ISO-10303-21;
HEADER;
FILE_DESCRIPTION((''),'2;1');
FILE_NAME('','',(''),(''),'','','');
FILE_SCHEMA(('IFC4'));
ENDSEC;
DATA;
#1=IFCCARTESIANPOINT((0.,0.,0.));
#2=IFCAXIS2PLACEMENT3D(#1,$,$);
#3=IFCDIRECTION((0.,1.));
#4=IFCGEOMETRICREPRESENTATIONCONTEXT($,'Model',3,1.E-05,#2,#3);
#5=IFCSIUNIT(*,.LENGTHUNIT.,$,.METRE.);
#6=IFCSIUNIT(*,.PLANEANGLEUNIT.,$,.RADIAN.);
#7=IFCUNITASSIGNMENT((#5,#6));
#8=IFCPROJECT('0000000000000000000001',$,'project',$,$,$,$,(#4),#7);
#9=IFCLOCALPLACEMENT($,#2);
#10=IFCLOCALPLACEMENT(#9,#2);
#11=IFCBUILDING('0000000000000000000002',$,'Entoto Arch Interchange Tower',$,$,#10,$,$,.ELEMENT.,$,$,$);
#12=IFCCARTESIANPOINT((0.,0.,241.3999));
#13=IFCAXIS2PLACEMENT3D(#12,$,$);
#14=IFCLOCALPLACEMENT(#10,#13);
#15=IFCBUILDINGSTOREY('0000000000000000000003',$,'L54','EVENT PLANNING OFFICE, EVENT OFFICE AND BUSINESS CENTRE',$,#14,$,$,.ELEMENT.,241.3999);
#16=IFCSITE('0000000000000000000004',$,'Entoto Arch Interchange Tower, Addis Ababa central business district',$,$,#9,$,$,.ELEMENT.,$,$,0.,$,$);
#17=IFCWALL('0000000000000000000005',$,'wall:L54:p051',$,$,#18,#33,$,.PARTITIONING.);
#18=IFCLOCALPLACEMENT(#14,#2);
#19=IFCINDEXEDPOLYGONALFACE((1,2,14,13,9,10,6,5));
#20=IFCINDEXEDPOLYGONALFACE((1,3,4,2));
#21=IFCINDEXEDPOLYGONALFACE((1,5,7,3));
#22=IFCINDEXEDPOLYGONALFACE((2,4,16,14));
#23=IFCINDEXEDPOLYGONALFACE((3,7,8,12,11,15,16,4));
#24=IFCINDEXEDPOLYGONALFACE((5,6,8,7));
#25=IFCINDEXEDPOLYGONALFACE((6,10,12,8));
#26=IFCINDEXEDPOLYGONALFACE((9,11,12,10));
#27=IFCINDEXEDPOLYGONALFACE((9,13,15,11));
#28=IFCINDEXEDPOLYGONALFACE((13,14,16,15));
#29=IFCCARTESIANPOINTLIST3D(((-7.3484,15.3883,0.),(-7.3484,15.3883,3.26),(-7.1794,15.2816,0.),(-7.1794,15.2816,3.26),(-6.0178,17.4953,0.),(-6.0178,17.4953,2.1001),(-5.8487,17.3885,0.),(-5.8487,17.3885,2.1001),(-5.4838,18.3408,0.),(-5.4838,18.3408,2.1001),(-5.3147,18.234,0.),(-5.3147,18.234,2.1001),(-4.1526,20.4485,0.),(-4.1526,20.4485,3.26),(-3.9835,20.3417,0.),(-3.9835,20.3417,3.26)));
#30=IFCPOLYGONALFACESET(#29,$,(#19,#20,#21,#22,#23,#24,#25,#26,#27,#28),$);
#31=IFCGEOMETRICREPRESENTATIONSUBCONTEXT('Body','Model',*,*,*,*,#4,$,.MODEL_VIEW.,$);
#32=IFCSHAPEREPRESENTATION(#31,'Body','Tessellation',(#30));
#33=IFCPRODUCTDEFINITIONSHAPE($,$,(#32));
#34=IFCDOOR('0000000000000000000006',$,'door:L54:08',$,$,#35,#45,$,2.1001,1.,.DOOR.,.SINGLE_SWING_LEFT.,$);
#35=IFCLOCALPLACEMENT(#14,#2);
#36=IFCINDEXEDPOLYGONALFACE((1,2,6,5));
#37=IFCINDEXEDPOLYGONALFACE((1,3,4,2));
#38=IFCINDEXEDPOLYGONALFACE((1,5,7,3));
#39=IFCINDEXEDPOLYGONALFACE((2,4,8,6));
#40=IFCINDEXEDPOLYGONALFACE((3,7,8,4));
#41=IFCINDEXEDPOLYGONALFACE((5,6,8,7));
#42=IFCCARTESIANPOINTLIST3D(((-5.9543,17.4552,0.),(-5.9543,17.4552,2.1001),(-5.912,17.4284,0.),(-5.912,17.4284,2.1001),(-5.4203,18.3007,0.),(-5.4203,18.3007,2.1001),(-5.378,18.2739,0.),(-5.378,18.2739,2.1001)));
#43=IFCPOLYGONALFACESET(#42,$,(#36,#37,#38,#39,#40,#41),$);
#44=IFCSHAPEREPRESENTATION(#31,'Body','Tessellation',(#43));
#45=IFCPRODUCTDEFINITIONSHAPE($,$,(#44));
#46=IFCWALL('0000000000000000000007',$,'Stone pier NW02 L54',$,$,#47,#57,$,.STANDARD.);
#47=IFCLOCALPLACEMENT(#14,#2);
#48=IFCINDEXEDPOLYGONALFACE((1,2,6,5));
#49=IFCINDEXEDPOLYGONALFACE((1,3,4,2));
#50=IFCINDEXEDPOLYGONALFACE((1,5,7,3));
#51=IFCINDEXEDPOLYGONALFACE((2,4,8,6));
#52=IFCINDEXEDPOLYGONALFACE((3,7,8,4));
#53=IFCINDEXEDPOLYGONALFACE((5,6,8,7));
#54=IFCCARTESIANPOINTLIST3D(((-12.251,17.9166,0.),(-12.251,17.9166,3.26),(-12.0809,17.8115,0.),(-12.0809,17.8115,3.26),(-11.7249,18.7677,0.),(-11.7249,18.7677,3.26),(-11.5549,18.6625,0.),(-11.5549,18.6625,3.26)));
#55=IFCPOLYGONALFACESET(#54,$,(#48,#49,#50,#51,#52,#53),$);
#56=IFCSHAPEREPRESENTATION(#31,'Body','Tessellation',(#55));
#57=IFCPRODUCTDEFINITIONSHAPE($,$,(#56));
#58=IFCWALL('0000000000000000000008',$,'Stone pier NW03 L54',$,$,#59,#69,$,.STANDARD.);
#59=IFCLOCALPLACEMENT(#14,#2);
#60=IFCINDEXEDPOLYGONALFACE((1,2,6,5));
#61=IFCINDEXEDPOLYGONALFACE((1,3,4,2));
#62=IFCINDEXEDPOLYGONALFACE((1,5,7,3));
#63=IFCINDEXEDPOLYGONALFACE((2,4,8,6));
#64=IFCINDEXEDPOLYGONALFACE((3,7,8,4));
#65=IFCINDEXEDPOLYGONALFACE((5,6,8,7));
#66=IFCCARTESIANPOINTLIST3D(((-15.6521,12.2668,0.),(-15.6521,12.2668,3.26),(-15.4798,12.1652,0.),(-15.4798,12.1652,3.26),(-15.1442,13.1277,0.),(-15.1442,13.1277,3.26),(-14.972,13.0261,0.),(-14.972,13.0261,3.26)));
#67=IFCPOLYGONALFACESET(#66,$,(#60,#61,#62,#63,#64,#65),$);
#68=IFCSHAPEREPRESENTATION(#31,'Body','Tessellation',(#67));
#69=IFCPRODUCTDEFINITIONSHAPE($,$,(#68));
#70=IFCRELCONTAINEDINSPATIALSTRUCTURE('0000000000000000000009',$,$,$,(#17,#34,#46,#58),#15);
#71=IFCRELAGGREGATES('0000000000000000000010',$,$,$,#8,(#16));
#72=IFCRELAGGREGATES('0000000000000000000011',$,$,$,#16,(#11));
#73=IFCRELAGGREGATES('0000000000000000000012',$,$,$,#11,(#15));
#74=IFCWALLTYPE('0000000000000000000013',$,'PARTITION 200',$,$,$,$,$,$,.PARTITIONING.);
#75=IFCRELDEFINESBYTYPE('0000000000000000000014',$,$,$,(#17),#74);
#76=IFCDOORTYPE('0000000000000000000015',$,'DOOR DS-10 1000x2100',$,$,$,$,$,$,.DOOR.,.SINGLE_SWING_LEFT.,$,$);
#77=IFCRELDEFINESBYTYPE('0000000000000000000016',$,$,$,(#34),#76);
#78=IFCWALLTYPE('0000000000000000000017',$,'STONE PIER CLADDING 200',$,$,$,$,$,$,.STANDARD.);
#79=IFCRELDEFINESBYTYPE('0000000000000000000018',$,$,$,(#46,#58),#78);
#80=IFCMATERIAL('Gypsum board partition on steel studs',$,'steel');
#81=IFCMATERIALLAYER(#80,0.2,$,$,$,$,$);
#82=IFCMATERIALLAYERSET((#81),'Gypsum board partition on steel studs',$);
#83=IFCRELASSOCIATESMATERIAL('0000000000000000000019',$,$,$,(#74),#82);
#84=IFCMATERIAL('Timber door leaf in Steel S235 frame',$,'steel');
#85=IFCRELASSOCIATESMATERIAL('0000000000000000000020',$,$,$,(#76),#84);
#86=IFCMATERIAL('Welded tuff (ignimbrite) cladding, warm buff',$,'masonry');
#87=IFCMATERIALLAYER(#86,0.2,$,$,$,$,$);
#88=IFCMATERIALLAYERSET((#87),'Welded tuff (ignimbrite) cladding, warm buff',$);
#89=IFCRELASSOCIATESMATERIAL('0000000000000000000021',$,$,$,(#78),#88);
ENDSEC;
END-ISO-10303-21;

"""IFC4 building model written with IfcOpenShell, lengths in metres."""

from ifc_helpers import new_model, si_unit, direction, frame, frame_2d, origin, place, context, subcontext, project, spatial, rectangle, extrude, material, layer, layer_set, type_object, element, fill, save


model = new_model("IFC4")

# Units and contexts
model_context = context("Model", 3, precision=1e-05, world=origin(), true_north=direction((0.0, 1.0)))
body_context = subcontext(model_context, "Body", "Model", "MODEL_VIEW")
ifc_project = project(units=[si_unit("LENGTHUNIT", "METRE"), si_unit("PLANEANGLEUNIT", "RADIAN")], contexts=[model_context])

# Site, building, storey
site_placement = place(None, origin())
site = spatial("IfcSite", under=ifc_project, at=site_placement, Name="Entoto Arch Interchange Tower, Addis Ababa central business district", CompositionType="ELEMENT", RefElevation=0.0)
building_placement = place(site_placement, origin())
building = spatial("IfcBuilding", under=site, at=building_placement, Name="Entoto Arch Interchange Tower", CompositionType="ELEMENT")
storey_placement = place(building_placement, frame((0.0, 0.0, 241.3999)))
storey = spatial("IfcBuildingStorey", under=building, at=storey_placement, Name="L54", Description="EVENT PLANNING OFFICE, EVENT OFFICE AND BUSINESS CENTRE", CompositionType="ELEMENT", Elevation=241.3999)

# Shared definitions
ifc_material_1 = material(Name="Gypsum board partition on steel studs", Category="steel")

# Shared definitions
ifc_layer_1 = layer(ifc_material_1, 0.2)
ifc_layer_set_1 = layer_set([ifc_layer_1], Name="Gypsum board partition on steel studs")
wall_type_1 = type_object("IfcWallType", Name="PARTITION 200", PredefinedType="PARTITIONING", material=ifc_layer_set_1)
ifc_material_2 = material(Name="Timber door leaf in Steel S235 frame", Category="steel")
door_type_1 = type_object("IfcDoorType", Name="DOOR DS-10 1000x2100", OperationType="SINGLE_SWING_LEFT", PredefinedType="DOOR", material=ifc_material_2)

# Wall, opening, door
wall_1_placement = place(storey_placement, frame((-7.2639, 15.335, 0.0), z_axis=(0.0, 0.0, 1.0), x_axis=(0.53399, 0.845491, 0.0)))
wall_1 = element("IfcWall", 1, at=wall_1_placement, inside=storey, type_object=wall_type_1, Name="wall:L54:p051", PredefinedType="PARTITIONING", context=body_context, shape_type="SweptSolid", body=[
    extrude(rectangle(XDim=5.9849, YDim=0.2, at=frame_2d((2.9924, 0.0))), origin(), (0.0, 0.0, 1.0), 3.26),
])
opening_1_placement = place(wall_1_placement, frame((2.4919, 0.0, 0.0)))
opening_1 = element("IfcOpeningElement", 2, at=opening_1_placement, cuts=wall_1, PredefinedType="OPENING", context=body_context, shape_type="SweptSolid", body=[
    extrude(rectangle(XDim=1.0, YDim=2.1001, at=frame_2d((0.5, 1.05))), frame((0.0, 0.1099, 0.0), z_axis=(0.0, -1.0, 0.0), x_axis=(1.0, 0.0, 0.0)), (0.0, 0.0, 1.0), 0.22),
])
door_1_placement = place(opening_1_placement, origin())
door_1 = element("IfcDoor", 3, at=door_1_placement, inside=storey, type_object=door_type_1, Name="door:L54:08", OperationType="SINGLE_SWING_LEFT", OverallHeight=2.1001, OverallWidth=1.0, PredefinedType="DOOR", context=body_context, shape_type="SweptSolid", body=[
    extrude(rectangle(XDim=1.0, YDim=2.1001, at=frame_2d((0.5, 1.05))), frame((0.0, 0.0249, 0.0), z_axis=(0.0, -1.0, 0.0), x_axis=(1.0, 0.0, 0.0)), (0.0, 0.0, 1.0), 0.05),
])
fill(opening_1, door_1)

# Shared definitions
ifc_material_3 = material(Name="Welded tuff (ignimbrite) cladding, warm buff", Category="masonry")

# Walls
ifc_layer_2 = layer(ifc_material_3, 0.2)
ifc_layer_set_2 = layer_set([ifc_layer_2], Name="Welded tuff (ignimbrite) cladding, warm buff")
wall_type_2 = type_object("IfcWallType", Name="STONE PIER CLADDING 200", PredefinedType="STANDARD", material=ifc_layer_set_2)
wall_2_placement = place(storey_placement, frame((-11.6399, 18.7151, 0.0), z_axis=(0.0, 0.0, 1.0), x_axis=(-0.525825, -0.850593, 0.0)))
element("IfcWall", 4, at=wall_2_placement, inside=storey, type_object=wall_type_2, Name="Stone pier NW02 L54", PredefinedType="STANDARD", context=body_context, shape_type="SweptSolid", body=[
    extrude(rectangle(XDim=1.0005, YDim=0.2, at=frame_2d((0.5002, 0.0))), origin(), (0.0, 0.0, 1.0), 3.26),
])
wall_3_placement = place(storey_placement, frame((-15.0581, 13.0769, 0.0), z_axis=(0.0, 0.0, 1.0), x_axis=(-0.508087, -0.861306, 0.0)))
element("IfcWall", 5, at=wall_3_placement, inside=storey, type_object=wall_type_2, Name="Stone pier NW03 L54", PredefinedType="STANDARD", context=body_context, shape_type="SweptSolid", body=[
    extrude(rectangle(XDim=0.9995, YDim=0.2, at=frame_2d((0.4998, 0.0))), origin(), (0.0, 0.0, 1.0), 3.26),
])

save(model, "model.ifc")
